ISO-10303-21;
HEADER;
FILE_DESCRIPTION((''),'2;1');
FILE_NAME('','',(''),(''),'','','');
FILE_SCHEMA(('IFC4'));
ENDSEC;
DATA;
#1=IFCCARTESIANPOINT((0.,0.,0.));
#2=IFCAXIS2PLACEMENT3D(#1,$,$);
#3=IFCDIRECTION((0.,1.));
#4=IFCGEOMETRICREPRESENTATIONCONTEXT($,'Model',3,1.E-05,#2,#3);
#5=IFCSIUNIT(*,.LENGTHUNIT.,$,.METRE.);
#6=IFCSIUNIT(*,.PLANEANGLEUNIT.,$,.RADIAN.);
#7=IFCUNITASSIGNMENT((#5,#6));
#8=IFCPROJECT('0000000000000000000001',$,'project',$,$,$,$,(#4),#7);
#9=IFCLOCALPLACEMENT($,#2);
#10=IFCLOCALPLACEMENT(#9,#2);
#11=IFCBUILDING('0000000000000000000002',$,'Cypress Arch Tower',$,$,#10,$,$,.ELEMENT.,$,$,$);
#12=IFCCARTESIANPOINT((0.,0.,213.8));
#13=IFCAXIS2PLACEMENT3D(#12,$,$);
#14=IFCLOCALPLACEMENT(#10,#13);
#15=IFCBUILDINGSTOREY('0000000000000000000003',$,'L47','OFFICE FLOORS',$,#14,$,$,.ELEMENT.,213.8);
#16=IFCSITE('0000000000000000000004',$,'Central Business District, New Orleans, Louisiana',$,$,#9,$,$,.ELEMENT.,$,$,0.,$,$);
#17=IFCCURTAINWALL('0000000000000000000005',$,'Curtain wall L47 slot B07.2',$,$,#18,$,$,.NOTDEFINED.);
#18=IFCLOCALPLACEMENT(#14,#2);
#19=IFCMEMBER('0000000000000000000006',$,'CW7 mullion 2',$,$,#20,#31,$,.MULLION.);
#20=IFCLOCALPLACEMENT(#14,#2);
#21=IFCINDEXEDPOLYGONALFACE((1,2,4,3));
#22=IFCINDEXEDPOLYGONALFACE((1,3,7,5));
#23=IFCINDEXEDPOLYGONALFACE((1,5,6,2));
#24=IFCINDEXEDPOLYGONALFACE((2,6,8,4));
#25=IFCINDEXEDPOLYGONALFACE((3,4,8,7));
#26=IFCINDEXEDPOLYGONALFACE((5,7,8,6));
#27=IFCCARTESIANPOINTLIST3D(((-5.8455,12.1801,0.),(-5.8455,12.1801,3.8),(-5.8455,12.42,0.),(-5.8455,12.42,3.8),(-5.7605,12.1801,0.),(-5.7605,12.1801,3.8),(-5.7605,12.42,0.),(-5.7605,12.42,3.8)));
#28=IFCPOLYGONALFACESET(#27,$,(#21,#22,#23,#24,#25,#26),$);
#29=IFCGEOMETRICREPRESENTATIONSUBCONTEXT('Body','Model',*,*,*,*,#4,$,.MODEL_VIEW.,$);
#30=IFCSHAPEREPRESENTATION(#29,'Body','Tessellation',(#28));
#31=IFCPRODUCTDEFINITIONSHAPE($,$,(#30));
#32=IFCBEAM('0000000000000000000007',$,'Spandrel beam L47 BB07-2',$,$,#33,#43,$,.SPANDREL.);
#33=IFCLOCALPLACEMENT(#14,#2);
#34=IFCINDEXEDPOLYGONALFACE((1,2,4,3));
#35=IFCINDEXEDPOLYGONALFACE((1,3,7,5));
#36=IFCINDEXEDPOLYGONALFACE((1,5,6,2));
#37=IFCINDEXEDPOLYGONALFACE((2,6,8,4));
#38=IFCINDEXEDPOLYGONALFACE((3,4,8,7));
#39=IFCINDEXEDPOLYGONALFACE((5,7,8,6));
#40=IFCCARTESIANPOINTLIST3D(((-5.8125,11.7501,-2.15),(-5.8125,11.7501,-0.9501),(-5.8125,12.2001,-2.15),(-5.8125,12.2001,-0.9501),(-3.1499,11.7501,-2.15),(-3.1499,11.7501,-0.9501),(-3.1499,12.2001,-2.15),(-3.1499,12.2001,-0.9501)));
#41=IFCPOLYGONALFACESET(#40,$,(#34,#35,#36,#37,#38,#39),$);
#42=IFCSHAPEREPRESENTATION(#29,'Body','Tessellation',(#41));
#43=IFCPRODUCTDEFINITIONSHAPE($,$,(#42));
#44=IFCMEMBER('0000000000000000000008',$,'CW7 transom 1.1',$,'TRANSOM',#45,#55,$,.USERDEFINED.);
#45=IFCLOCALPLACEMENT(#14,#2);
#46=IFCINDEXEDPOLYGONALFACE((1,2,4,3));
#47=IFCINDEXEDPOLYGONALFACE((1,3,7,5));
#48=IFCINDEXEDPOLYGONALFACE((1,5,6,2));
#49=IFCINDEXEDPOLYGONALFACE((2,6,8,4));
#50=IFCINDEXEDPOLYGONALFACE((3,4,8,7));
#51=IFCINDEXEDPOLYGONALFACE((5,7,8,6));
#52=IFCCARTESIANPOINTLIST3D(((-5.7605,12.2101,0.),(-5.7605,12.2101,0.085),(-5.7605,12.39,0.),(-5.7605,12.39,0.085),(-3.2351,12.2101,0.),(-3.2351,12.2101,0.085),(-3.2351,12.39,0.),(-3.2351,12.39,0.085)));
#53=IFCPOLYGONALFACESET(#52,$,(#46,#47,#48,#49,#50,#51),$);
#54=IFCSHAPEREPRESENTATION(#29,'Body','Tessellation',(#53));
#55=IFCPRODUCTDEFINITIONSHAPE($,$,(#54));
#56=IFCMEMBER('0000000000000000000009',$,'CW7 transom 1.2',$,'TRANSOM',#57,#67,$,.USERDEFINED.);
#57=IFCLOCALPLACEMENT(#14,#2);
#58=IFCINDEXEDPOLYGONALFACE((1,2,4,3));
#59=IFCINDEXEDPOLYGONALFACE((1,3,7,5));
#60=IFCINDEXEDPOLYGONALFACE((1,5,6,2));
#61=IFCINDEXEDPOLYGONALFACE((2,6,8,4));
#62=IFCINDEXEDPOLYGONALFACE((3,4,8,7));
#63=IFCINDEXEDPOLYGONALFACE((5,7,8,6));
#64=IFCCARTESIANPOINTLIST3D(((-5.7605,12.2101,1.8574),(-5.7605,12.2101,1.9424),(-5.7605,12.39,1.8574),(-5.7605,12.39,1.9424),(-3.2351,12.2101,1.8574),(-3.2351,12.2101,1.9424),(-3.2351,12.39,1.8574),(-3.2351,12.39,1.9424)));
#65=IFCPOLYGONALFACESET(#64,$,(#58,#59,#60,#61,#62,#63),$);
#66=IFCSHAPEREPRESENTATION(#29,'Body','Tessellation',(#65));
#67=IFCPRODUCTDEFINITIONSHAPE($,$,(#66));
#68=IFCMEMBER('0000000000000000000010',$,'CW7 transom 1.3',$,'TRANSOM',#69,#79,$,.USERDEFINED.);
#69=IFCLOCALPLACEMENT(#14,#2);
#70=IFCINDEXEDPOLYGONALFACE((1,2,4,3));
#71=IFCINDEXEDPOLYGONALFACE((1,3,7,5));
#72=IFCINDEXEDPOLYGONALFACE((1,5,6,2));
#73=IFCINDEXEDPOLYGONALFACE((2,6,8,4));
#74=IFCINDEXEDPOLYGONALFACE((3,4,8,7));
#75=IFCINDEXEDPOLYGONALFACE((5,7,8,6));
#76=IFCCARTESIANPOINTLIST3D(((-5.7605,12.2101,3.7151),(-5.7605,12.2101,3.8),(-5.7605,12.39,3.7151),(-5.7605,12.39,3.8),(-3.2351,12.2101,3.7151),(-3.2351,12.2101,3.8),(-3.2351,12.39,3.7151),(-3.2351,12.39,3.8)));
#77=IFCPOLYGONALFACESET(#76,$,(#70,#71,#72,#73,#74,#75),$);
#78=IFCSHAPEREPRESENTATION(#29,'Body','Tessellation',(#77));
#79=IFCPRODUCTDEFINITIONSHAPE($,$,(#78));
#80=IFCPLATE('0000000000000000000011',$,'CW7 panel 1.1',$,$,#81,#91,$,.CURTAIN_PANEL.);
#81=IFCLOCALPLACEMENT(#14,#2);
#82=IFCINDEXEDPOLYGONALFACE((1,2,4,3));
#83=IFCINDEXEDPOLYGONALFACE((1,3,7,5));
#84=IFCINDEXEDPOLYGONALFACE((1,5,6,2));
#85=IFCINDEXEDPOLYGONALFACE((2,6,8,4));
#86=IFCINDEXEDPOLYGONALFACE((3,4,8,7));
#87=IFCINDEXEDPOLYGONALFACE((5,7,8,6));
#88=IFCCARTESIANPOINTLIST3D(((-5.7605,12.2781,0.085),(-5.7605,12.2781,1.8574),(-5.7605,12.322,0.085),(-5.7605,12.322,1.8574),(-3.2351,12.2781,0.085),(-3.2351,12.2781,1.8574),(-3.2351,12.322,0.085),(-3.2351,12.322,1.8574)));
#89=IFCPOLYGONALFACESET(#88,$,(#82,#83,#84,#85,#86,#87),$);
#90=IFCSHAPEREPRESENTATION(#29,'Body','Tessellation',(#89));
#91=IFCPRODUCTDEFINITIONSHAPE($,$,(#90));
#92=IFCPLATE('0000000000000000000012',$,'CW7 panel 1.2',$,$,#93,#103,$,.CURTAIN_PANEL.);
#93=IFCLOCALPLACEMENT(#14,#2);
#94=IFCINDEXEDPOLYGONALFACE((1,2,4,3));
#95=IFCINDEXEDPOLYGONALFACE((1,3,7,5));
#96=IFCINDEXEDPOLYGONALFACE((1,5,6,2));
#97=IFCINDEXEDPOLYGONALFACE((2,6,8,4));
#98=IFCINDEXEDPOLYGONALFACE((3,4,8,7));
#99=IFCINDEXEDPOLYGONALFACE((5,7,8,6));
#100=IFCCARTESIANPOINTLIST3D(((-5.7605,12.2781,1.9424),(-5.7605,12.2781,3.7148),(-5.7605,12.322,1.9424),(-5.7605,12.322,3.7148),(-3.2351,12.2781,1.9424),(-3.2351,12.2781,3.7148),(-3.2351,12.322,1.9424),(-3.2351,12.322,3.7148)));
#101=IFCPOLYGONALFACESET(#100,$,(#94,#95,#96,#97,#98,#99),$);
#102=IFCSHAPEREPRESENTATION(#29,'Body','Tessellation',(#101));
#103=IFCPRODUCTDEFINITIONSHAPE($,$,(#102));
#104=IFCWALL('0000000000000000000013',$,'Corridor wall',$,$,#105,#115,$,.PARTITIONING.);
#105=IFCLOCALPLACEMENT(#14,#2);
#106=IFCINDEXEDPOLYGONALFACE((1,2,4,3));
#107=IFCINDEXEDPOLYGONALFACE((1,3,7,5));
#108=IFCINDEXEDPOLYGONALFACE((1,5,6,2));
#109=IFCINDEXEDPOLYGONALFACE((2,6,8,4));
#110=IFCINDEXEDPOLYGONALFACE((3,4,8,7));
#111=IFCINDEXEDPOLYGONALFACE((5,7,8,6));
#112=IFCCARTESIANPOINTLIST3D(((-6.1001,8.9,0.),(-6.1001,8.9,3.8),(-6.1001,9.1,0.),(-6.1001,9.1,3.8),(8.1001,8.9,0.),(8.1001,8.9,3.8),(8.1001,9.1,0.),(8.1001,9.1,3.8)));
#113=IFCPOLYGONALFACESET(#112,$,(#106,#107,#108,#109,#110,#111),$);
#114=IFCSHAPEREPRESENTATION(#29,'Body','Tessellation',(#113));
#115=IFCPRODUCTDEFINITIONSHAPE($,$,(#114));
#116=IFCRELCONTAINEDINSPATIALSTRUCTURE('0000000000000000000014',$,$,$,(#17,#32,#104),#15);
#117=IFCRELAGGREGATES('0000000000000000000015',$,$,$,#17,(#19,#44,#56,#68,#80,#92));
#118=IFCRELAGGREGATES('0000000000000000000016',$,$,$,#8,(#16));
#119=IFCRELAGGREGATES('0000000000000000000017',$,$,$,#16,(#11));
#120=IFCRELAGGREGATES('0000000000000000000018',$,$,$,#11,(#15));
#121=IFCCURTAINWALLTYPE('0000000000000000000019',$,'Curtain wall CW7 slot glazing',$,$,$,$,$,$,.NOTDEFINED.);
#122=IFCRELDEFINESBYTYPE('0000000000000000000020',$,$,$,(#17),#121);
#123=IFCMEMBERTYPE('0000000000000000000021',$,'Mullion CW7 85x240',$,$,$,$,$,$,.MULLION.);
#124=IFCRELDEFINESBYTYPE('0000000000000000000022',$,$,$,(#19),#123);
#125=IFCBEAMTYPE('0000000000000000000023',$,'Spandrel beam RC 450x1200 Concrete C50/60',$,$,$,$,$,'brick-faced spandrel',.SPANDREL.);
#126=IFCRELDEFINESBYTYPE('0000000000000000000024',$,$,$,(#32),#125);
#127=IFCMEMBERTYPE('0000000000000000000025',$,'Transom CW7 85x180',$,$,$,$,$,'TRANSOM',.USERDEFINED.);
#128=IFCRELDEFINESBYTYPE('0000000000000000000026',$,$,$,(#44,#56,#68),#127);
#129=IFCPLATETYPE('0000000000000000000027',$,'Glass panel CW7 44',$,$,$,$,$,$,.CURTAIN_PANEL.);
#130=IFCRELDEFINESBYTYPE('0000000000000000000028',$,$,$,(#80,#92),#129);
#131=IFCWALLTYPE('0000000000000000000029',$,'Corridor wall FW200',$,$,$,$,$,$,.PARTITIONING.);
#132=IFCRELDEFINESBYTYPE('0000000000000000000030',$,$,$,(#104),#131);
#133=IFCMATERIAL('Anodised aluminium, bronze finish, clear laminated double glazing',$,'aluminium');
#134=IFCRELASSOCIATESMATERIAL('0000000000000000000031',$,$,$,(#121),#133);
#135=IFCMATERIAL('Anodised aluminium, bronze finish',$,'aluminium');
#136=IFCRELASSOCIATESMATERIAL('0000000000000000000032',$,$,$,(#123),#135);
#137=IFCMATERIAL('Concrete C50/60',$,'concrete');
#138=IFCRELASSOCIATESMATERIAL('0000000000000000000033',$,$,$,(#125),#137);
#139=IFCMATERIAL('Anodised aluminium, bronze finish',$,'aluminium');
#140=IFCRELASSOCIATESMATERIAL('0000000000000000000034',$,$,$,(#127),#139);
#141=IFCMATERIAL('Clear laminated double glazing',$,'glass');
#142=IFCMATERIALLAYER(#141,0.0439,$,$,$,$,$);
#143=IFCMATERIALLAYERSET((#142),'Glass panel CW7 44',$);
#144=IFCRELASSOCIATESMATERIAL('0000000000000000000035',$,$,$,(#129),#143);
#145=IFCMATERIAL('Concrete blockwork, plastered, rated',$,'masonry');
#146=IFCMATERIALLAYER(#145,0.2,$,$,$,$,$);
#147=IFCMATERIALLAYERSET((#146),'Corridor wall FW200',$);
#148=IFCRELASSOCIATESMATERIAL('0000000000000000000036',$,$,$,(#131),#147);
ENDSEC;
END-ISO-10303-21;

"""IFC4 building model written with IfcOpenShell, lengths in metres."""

from ifc_helpers import new_model, si_unit, direction, frame, frame_2d, origin, origin_2d, place, context, subcontext, project, spatial, rectangle, extrude, material, layer, layer_set, material_profile, profile_set, type_object, element, aggregate, save


model = new_model("IFC4")

# Units and contexts
model_context = context("Model", 3, precision=1e-05, world=origin(), true_north=direction((0.0, 1.0)))
body_context = subcontext(model_context, "Body", "Model", "MODEL_VIEW")
ifc_project = project(units=[si_unit("LENGTHUNIT", "METRE"), si_unit("PLANEANGLEUNIT", "RADIAN")], contexts=[model_context])

# Site, building, storey
site_placement = place(None, origin())
site = spatial("IfcSite", under=ifc_project, at=site_placement, Name="Central Business District, New Orleans, Louisiana", CompositionType="ELEMENT", RefElevation=0.0)
building_placement = place(site_placement, origin())
building = spatial("IfcBuilding", under=site, at=building_placement, Name="Cypress Arch Tower", CompositionType="ELEMENT")
storey_placement = place(building_placement, frame((0.0, 0.0, 213.8)))
storey = spatial("IfcBuildingStorey", under=building, at=storey_placement, Name="L47", Description="OFFICE FLOORS", CompositionType="ELEMENT", Elevation=213.8)

# Shared definitions
ifc_material_1 = material(Name="Anodised aluminium, bronze finish, clear laminated double glazing", Category="aluminium")
curtain_wall_type = type_object("IfcCurtainWallType", Name="Curtain wall CW7 slot glazing", PredefinedType="NOTDEFINED", material=ifc_material_1)
ifc_material_2 = material(Name="Anodised aluminium, bronze finish", Category="aluminium")
ifc_material_profile_1 = material_profile(ifc_material_2, rectangle(XDim=0.24, YDim=0.085, at=origin_2d()), Name="Mullion 85x240")
ifc_profile_set_1 = profile_set([ifc_material_profile_1], Name="Anodised aluminium, bronze finish")
member_type_1 = type_object("IfcMemberType", Name="Mullion CW7 85x240", PredefinedType="MULLION", material=ifc_profile_set_1)

# Curtain wall, member
curtain_wall_1_placement = place(storey_placement, origin())
curtain_wall_1 = element("IfcCurtainWall", 1, at=curtain_wall_1_placement, inside=storey, type_object=curtain_wall_type, Name="Curtain wall L47 slot B07.2", PredefinedType="NOTDEFINED")
member_1_placement = place(storey_placement, frame((-5.803, 12.3, 0.0), z_axis=(0.0, 0.0, 1.0), x_axis=(0.0, -1.0, 0.0)))
member_1 = element("IfcMember", 2, at=member_1_placement, type_object=member_type_1, Name="CW7 mullion 2", PredefinedType="MULLION", context=body_context, shape_type="SweptSolid", body=[
    extrude(rectangle(XDim=0.24, YDim=0.085, at=origin_2d()), origin(), (0.0, 0.0, 1.0), 3.8),
])

# Beam
ifc_material_3 = material(Name="Concrete C50/60", Category="concrete")
ifc_material_profile_2 = material_profile(ifc_material_3, rectangle(XDim=0.45, YDim=1.2, at=origin_2d()), Name="RC 450x1200")
ifc_profile_set_2 = profile_set([ifc_material_profile_2], Name="Concrete C50/60")
beam_type_1 = type_object("IfcBeamType", Name="Spandrel beam RC 450x1200 Concrete C50/60", ElementType="brick-faced spandrel", PredefinedType="SPANDREL", material=ifc_profile_set_2)
beam_1_placement = place(storey_placement, frame((-3.1499, 11.9751, -1.55), z_axis=(-1.0, 0.0, 0.0), x_axis=(0.0, -1.0, 0.0)))
element("IfcBeam", 3, at=beam_1_placement, inside=storey, type_object=beam_type_1, Name="Spandrel beam L47 BB07-2", PredefinedType="SPANDREL", context=body_context, shape_type="SweptSolid", body=[
    extrude(rectangle(XDim=0.45, YDim=1.2, at=origin_2d()), origin(), (0.0, 0.0, 1.0), 2.6626),
])

# Members
ifc_material_4 = material(Name="Anodised aluminium, bronze finish", Category="aluminium")
ifc_material_profile_3 = material_profile(ifc_material_4, rectangle(XDim=0.1799, YDim=0.085, at=origin_2d()), Name="Transom 85x180")
ifc_profile_set_3 = profile_set([ifc_material_profile_3], Name="Anodised aluminium, bronze finish")
member_type_2 = type_object("IfcMemberType", Name="Transom CW7 85x180", ElementType="TRANSOM", PredefinedType="USERDEFINED", material=ifc_profile_set_3)
member_2_placement = place(storey_placement, frame((-3.2351, 12.3, 0.0425), z_axis=(-1.0, 0.0, 0.0), x_axis=(0.0, -1.0, 0.0)))
member_2 = element("IfcMember", 4, at=member_2_placement, type_object=member_type_2, Name="CW7 transom 1.1", ObjectType="TRANSOM", PredefinedType="USERDEFINED", context=body_context, shape_type="SweptSolid", body=[
    extrude(rectangle(XDim=0.1799, YDim=0.085, at=origin_2d()), origin(), (0.0, 0.0, 1.0), 2.5254),
])
member_3_placement = place(storey_placement, frame((-3.2351, 12.3, 1.8999), z_axis=(-1.0, 0.0, 0.0), x_axis=(0.0, -1.0, 0.0)))
member_3 = element("IfcMember", 5, at=member_3_placement, type_object=member_type_2, Name="CW7 transom 1.2", ObjectType="TRANSOM", PredefinedType="USERDEFINED", context=body_context, shape_type="SweptSolid", body=[
    extrude(rectangle(XDim=0.1799, YDim=0.085, at=origin_2d()), origin(), (0.0, 0.0, 1.0), 2.5254),
])
member_4_placement = place(storey_placement, frame((-3.2351, 12.3, 3.7576), z_axis=(-1.0, 0.0, 0.0), x_axis=(0.0, -1.0, 0.0)))
member_4 = element("IfcMember", 6, at=member_4_placement, type_object=member_type_2, Name="CW7 transom 1.3", ObjectType="TRANSOM", PredefinedType="USERDEFINED", context=body_context, shape_type="SweptSolid", body=[
    extrude(rectangle(XDim=0.1799, YDim=0.085, at=origin_2d()), origin(), (0.0, 0.0, 1.0), 2.5254),
])

# Plates
ifc_material_5 = material(Name="Clear laminated double glazing", Category="glass")
ifc_layer_1 = layer(ifc_material_5, 0.0439)
ifc_layer_set_1 = layer_set([ifc_layer_1], Name="Glass panel CW7 44")
plate_type = type_object("IfcPlateType", Name="Glass panel CW7 44", PredefinedType="CURTAIN_PANEL", material=ifc_layer_set_1)
plate_1_placement = place(storey_placement, frame((-4.4978, 12.3, 0.085), z_axis=(0.0, 0.0, 1.0), x_axis=(-1.0, 0.0, 0.0)))
plate_1 = element("IfcPlate", 7, at=plate_1_placement, type_object=plate_type, Name="CW7 panel 1.1", PredefinedType="CURTAIN_PANEL", context=body_context, shape_type="SweptSolid", body=[
    extrude(rectangle(XDim=2.5254, YDim=0.0439, at=origin_2d()), origin(), (0.0, 0.0, 1.0), 1.7725),
])
plate_2_placement = place(storey_placement, frame((-4.4978, 12.3, 1.9424), z_axis=(0.0, 0.0, 1.0), x_axis=(-1.0, 0.0, 0.0)))
plate_2 = element("IfcPlate", 8, at=plate_2_placement, type_object=plate_type, Name="CW7 panel 1.2", PredefinedType="CURTAIN_PANEL", context=body_context, shape_type="SweptSolid", body=[
    extrude(rectangle(XDim=2.5254, YDim=0.0439, at=origin_2d()), origin(), (0.0, 0.0, 1.0), 1.7725),
])
aggregate(curtain_wall_1, [member_1, member_2, member_3, member_4, plate_1, plate_2])

# Shared definitions
ifc_material_6 = material(Name="Concrete blockwork, plastered, rated", Category="masonry")
ifc_layer_2 = layer(ifc_material_6, 0.2)
ifc_layer_set_2 = layer_set([ifc_layer_2], Name="Corridor wall FW200")
wall_type = type_object("IfcWallType", Name="Corridor wall FW200", PredefinedType="PARTITIONING", material=ifc_layer_set_2)

# Wall
wall_1_placement = place(storey_placement, frame((-6.1001, 9.0, 0.0), z_axis=(0.0, 0.0, 1.0), x_axis=(1.0, 0.0, 0.0)))
element("IfcWall", 9, at=wall_1_placement, inside=storey, type_object=wall_type, Name="Corridor wall", PredefinedType="PARTITIONING", context=body_context, shape_type="SweptSolid", body=[
    extrude(rectangle(XDim=14.2002, YDim=0.2, at=frame_2d((7.1001, 0.0))), origin(), (0.0, 0.0, 1.0), 3.8),
])

save(model, "model.ifc")
